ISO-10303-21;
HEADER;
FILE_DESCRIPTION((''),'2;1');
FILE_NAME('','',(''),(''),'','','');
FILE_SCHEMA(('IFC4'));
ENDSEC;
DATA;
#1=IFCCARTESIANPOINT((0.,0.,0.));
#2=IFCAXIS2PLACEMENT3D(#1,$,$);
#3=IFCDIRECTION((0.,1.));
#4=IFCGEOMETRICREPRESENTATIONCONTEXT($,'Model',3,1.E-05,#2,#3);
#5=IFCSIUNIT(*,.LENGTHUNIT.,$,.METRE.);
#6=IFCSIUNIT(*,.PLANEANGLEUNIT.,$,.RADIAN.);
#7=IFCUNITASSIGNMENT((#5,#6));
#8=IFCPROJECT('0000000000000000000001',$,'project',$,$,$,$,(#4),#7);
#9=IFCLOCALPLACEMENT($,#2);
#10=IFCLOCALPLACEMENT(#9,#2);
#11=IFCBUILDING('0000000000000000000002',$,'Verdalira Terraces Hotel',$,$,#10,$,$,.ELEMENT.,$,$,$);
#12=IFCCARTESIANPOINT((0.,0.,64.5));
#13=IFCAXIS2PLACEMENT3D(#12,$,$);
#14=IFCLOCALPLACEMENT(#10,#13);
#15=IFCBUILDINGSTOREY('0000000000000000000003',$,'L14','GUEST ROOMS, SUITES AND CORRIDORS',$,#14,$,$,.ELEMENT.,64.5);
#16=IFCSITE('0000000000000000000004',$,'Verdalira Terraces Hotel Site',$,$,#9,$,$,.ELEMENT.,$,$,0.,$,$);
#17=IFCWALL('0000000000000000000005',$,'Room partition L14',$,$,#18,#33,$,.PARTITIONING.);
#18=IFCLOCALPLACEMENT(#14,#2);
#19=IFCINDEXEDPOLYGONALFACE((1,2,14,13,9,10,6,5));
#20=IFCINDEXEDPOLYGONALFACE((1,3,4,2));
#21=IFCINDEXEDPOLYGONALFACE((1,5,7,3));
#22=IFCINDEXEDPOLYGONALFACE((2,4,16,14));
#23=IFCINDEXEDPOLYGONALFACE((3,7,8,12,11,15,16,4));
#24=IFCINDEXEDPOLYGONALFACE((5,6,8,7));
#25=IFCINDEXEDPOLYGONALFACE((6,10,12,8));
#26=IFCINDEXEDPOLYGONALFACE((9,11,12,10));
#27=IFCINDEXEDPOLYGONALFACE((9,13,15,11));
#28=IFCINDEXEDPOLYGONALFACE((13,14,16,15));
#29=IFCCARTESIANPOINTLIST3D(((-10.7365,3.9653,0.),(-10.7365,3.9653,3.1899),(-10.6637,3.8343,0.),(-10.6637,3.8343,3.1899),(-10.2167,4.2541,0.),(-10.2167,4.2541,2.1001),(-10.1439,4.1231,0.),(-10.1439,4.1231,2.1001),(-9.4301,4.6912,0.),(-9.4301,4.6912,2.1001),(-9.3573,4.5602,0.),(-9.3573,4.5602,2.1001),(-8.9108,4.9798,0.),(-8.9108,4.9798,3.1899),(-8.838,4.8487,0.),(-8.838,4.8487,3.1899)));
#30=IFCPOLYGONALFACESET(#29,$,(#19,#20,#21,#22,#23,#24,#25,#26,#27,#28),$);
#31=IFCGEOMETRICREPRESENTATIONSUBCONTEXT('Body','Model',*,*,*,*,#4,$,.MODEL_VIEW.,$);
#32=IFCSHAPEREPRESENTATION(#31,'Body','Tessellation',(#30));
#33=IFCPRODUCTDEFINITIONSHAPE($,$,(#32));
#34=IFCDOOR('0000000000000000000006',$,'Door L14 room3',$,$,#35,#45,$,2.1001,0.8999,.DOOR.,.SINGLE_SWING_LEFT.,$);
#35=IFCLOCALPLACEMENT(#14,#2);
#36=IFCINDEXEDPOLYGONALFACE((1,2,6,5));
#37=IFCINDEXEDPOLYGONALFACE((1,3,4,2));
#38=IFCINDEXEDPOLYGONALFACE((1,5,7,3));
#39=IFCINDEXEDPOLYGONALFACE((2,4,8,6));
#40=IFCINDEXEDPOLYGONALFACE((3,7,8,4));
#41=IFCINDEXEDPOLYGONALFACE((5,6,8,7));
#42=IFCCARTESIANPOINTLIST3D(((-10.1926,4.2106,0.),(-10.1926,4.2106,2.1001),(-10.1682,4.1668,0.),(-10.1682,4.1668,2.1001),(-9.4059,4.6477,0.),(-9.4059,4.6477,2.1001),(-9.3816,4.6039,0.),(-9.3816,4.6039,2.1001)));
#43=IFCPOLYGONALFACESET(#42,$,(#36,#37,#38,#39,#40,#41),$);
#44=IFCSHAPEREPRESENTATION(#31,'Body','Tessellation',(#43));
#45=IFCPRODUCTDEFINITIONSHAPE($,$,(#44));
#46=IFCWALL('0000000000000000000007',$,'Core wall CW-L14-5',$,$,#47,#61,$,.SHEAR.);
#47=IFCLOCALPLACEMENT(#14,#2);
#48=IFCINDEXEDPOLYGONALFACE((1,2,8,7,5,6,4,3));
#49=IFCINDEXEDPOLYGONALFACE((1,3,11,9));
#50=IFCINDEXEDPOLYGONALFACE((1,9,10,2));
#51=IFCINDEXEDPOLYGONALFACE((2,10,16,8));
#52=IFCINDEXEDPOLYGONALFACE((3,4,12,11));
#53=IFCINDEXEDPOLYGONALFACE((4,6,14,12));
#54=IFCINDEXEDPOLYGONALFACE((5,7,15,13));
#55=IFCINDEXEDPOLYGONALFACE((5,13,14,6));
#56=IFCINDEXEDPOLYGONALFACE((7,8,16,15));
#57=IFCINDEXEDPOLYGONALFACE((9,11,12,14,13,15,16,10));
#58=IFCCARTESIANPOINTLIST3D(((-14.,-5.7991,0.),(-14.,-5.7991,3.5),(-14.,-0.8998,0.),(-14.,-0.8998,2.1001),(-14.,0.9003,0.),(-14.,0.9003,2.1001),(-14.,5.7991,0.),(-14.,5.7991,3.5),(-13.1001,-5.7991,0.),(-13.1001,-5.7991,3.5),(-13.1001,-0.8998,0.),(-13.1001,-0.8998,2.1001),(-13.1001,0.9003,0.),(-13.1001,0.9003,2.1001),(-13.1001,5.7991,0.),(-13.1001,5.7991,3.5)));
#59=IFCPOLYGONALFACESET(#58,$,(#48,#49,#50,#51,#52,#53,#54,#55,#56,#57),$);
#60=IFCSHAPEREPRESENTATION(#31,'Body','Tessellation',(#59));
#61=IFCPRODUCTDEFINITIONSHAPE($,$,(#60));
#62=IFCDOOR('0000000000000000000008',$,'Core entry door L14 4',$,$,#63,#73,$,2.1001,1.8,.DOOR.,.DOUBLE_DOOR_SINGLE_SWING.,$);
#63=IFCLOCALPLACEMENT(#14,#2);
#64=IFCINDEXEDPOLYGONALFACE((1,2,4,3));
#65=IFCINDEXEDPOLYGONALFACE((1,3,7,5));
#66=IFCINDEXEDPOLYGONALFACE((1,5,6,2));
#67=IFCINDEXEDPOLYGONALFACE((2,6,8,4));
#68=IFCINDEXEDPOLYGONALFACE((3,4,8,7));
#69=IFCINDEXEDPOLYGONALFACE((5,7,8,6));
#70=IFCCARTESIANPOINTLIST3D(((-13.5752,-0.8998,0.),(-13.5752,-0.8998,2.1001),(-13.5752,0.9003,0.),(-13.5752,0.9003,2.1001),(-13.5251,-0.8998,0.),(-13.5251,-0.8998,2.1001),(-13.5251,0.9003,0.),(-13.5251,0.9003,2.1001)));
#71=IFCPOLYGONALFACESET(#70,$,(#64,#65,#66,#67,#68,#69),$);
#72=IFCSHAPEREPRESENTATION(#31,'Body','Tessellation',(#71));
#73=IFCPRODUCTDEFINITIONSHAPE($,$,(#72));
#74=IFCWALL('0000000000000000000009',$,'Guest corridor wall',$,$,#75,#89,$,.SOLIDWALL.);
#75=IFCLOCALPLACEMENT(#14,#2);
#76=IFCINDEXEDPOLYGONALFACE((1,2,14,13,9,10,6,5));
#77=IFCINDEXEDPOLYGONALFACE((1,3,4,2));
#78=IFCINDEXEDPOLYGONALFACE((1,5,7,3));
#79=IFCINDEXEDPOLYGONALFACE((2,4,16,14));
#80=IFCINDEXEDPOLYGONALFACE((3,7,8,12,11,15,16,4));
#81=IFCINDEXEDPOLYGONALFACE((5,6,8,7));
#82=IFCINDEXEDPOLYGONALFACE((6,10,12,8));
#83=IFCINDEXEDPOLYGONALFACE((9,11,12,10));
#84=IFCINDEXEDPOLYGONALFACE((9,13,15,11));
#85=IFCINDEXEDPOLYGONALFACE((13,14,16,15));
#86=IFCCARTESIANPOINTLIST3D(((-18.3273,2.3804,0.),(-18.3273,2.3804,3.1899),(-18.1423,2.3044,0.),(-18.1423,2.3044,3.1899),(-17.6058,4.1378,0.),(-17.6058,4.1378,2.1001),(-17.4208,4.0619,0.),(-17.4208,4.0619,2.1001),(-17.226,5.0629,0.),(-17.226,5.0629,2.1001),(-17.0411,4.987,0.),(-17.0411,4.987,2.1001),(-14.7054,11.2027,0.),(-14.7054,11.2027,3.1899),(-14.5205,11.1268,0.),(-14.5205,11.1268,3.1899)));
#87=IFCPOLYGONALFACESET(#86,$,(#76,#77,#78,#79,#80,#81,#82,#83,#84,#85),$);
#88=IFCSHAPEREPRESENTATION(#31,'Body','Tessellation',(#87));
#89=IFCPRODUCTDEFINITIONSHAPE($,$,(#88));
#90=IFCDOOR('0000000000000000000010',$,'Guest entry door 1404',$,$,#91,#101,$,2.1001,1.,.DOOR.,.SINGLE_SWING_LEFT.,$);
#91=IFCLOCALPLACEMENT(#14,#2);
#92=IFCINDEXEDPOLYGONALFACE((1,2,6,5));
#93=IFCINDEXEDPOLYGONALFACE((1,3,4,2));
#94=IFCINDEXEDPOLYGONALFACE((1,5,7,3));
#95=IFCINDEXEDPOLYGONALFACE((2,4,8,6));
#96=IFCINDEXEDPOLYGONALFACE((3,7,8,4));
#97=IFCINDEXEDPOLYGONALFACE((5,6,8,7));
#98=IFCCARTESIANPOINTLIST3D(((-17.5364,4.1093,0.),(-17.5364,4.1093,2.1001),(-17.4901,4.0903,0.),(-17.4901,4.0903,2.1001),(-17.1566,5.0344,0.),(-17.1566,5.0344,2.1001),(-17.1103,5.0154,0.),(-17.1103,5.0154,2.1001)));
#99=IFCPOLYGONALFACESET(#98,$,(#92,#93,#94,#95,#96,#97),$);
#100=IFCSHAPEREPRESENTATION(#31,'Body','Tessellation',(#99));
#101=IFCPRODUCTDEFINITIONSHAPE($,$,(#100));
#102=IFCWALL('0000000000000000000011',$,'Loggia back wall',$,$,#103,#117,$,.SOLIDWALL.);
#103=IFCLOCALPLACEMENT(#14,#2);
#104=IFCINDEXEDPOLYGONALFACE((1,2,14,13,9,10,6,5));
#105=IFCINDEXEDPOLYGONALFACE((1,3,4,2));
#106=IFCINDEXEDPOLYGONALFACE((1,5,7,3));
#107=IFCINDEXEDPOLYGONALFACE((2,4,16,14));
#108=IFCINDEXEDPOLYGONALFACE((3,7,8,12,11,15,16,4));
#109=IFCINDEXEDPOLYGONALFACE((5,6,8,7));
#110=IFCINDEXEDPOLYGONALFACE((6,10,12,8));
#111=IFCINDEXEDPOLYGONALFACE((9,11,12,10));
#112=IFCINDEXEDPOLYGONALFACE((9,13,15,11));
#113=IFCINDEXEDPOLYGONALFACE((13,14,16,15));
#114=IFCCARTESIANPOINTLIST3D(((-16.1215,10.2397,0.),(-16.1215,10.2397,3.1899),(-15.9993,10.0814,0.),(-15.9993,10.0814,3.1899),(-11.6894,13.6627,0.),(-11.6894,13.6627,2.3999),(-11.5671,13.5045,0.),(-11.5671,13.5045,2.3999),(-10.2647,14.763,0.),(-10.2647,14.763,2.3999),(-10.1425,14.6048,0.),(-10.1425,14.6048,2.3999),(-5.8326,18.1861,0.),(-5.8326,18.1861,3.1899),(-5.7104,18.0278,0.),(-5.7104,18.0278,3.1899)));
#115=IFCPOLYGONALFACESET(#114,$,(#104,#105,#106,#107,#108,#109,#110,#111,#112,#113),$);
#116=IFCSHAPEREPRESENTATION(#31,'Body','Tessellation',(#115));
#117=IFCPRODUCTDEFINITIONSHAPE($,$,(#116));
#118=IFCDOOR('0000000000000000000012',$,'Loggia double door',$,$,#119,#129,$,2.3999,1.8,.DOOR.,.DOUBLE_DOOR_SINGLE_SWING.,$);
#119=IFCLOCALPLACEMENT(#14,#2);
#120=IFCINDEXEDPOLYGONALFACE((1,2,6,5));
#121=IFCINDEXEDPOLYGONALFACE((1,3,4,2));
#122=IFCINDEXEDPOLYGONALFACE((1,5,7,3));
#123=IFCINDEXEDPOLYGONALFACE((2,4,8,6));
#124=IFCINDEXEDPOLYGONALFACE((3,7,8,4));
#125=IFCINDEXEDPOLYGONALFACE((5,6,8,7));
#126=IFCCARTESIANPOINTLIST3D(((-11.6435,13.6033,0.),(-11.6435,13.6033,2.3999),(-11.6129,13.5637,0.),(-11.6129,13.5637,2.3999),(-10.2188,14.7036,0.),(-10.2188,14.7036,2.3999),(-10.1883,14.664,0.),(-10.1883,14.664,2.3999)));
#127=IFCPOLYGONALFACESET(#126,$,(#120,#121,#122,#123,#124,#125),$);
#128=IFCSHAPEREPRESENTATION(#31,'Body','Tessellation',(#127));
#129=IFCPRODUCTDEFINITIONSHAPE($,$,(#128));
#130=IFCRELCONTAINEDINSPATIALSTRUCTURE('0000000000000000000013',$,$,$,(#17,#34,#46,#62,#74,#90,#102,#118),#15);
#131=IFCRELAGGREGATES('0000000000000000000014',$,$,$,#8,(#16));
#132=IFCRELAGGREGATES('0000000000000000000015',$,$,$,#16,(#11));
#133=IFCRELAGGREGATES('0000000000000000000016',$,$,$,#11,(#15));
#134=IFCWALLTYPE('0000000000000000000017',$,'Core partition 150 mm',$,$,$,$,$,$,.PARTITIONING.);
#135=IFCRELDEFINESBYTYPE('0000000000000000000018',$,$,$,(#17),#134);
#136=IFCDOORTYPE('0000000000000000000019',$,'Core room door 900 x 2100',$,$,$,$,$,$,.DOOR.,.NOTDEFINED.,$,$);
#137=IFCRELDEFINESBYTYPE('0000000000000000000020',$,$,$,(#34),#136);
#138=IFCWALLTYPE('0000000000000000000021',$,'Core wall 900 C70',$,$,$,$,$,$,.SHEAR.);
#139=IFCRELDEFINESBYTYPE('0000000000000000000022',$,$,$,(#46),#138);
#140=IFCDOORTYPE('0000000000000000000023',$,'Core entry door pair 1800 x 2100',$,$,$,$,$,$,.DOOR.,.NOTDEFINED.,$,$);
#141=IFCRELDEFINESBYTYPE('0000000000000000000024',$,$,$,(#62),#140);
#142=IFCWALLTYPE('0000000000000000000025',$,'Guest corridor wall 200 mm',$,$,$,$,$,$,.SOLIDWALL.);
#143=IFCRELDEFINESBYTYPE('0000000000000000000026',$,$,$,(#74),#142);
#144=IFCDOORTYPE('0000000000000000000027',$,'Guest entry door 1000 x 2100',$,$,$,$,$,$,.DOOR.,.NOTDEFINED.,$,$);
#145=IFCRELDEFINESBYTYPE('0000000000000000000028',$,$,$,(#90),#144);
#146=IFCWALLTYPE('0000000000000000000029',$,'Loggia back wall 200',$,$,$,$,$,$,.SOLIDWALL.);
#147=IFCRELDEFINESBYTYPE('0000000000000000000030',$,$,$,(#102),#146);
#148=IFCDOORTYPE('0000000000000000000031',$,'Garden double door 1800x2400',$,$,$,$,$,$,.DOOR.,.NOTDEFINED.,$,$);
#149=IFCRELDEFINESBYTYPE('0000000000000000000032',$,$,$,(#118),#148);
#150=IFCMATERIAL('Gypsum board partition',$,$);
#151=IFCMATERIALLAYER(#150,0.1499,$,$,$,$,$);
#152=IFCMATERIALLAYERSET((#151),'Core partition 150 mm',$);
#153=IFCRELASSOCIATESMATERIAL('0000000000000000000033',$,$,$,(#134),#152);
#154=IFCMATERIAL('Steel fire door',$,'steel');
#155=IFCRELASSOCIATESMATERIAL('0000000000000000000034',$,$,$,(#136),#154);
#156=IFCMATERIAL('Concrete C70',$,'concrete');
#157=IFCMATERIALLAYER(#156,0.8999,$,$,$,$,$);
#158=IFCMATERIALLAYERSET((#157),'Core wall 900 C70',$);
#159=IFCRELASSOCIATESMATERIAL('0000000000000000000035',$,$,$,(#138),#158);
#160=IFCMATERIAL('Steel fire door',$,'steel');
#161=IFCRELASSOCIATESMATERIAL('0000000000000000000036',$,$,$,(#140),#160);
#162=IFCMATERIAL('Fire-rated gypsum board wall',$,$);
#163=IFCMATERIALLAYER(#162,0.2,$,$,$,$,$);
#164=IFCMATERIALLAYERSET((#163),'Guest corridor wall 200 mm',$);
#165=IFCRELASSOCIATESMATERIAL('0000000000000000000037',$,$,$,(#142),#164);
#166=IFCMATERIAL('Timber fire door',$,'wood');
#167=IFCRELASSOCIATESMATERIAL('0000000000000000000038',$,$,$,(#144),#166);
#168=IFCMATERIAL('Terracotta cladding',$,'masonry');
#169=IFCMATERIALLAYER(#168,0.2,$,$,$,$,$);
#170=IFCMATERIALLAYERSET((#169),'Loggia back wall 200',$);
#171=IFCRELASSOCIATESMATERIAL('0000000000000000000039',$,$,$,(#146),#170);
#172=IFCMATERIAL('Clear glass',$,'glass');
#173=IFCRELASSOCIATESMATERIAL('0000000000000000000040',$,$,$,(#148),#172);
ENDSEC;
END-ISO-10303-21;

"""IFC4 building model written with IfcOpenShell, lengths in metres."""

from ifc_helpers import new_model, si_unit, direction, frame, frame_2d, origin, place, context, subcontext, project, spatial, rectangle, extrude, material, layer, layer_set, type_object, element, fill, save


model = new_model("IFC4")

# Units and contexts
model_context = context("Model", 3, precision=1e-05, world=origin(), true_north=direction((0.0, 1.0)))
body_context = subcontext(model_context, "Body", "Model", "MODEL_VIEW")
ifc_project = project(units=[si_unit("LENGTHUNIT", "METRE"), si_unit("PLANEANGLEUNIT", "RADIAN")], contexts=[model_context])

# Site, building, storey
site_placement = place(None, origin())
site = spatial("IfcSite", under=ifc_project, at=site_placement, Name="Verdalira Terraces Hotel Site", CompositionType="ELEMENT", RefElevation=0.0)
building_placement = place(site_placement, origin())
building = spatial("IfcBuilding", under=site, at=building_placement, Name="Verdalira Terraces Hotel", CompositionType="ELEMENT")
storey_placement = place(building_placement, frame((0.0, 0.0, 64.5)))
storey = spatial("IfcBuildingStorey", under=building, at=storey_placement, Name="L14", Description="GUEST ROOMS, SUITES AND CORRIDORS", CompositionType="ELEMENT", Elevation=64.5)

# Walls, openings, doors
ifc_material_1 = material(Name="Gypsum board partition")
ifc_layer_1 = layer(ifc_material_1, 0.1499)
ifc_layer_set_1 = layer_set([ifc_layer_1], Name="Core partition 150 mm")
wall_type_1 = type_object("IfcWallType", Name="Core partition 150 mm", PredefinedType="PARTITIONING", material=ifc_layer_set_1)
ifc_material_2 = material(Name="Steel fire door", Category="steel")
door_type_1 = type_object("IfcDoorType", Name="Core room door 900 x 2100", OperationType="NOTDEFINED", PredefinedType="DOOR", material=ifc_material_2)
wall_1_placement = place(storey_placement, frame((-8.8743, 4.9143, 0.0), z_axis=(0.0, 0.0, 1.0), x_axis=(-0.87413, -0.485693, 0.0)))
wall_1 = element("IfcWall", 1, at=wall_1_placement, inside=storey, type_object=wall_type_1, Name="Room partition L14", PredefinedType="PARTITIONING", context=body_context, shape_type="SweptSolid", body=[
    extrude(rectangle(XDim=2.0886, YDim=0.1499, at=frame_2d((1.0444, 0.0))), origin(), (0.0, 0.0, 1.0), 3.1899),
])
opening_1_placement = place(wall_1_placement, frame((0.5942, 0.0, 0.0)))
opening_1 = element("IfcOpeningElement", 2, at=opening_1_placement, cuts=wall_1, PredefinedType="OPENING", context=body_context, shape_type="SweptSolid", body=[
    extrude(rectangle(XDim=0.8999, YDim=2.1001, at=frame_2d((0.45, 1.05))), frame((0.0, 0.085, 0.0), z_axis=(0.0, -1.0, 0.0), x_axis=(1.0, 0.0, 0.0)), (0.0, 0.0, 1.0), 0.1699),
])
door_1_placement = place(opening_1_placement, origin())
door_1 = element("IfcDoor", 3, at=door_1_placement, inside=storey, type_object=door_type_1, Name="Door L14 room3", OperationType="SINGLE_SWING_LEFT", OverallHeight=2.1001, OverallWidth=0.8999, PredefinedType="DOOR", context=body_context, shape_type="SweptSolid", body=[
    extrude(rectangle(XDim=0.8999, YDim=2.1001, at=frame_2d((0.45, 1.05))), frame((0.0, 0.0249, 0.0), z_axis=(0.0, -1.0, 0.0), x_axis=(1.0, 0.0, 0.0)), (0.0, 0.0, 1.0), 0.05),
])
fill(opening_1, door_1)
ifc_material_3 = material(Name="Concrete C70", Category="concrete")
ifc_layer_2 = layer(ifc_material_3, 0.8999)
ifc_layer_set_2 = layer_set([ifc_layer_2], Name="Core wall 900 C70")
wall_type_2 = type_object("IfcWallType", Name="Core wall 900 C70", PredefinedType="SHEAR", material=ifc_layer_set_2)
wall_2_placement = place(storey_placement, frame((-13.55, 5.7991, 0.0), z_axis=(0.0, 0.0, 1.0), x_axis=(0.0, -1.0, 0.0)))
wall_2 = element("IfcWall", 4, at=wall_2_placement, inside=storey, type_object=wall_type_2, Name="Core wall CW-L14-5", PredefinedType="SHEAR", context=body_context, shape_type="SweptSolid", body=[
    extrude(rectangle(XDim=11.5981, YDim=0.8999, at=frame_2d((5.7991, 0.0))), origin(), (0.0, 0.0, 1.0), 3.5),
])
opening_2_placement = place(wall_2_placement, frame((4.8989, 0.0, 0.0)))
opening_2 = element("IfcOpeningElement", 5, at=opening_2_placement, cuts=wall_2, PredefinedType="OPENING", context=body_context, shape_type="SweptSolid", body=[
    extrude(rectangle(XDim=1.8, YDim=2.1001, at=frame_2d((0.8999, 1.05))), frame((0.0, 0.46, 0.0), z_axis=(0.0, -1.0, 0.0), x_axis=(1.0, 0.0, 0.0)), (0.0, 0.0, 1.0), 0.9199),
])
ifc_material_4 = material(Name="Steel fire door", Category="steel")
door_type_2 = type_object("IfcDoorType", Name="Core entry door pair 1800 x 2100", OperationType="NOTDEFINED", PredefinedType="DOOR", material=ifc_material_4)
door_2_placement = place(opening_2_placement, origin())
door_2 = element("IfcDoor", 6, at=door_2_placement, inside=storey, type_object=door_type_2, Name="Core entry door L14 4", OperationType="DOUBLE_DOOR_SINGLE_SWING", OverallHeight=2.1001, OverallWidth=1.8, PredefinedType="DOOR", context=body_context, shape_type="SweptSolid", body=[
    extrude(rectangle(XDim=1.8, YDim=2.1001, at=frame_2d((0.8999, 1.05))), frame((0.0, 0.0249, 0.0), z_axis=(0.0, -1.0, 0.0), x_axis=(1.0, 0.0, 0.0)), (0.0, 0.0, 1.0), 0.05),
])
fill(opening_2, door_2)
ifc_material_5 = material(Name="Fire-rated gypsum board wall")
ifc_layer_3 = layer(ifc_material_5, 0.2)
ifc_layer_set_3 = layer_set([ifc_layer_3], Name="Guest corridor wall 200 mm")
wall_type_3 = type_object("IfcWallType", Name="Guest corridor wall 200 mm", PredefinedType="SOLIDWALL", material=ifc_layer_set_3)
wall_3_placement = place(storey_placement, frame((-18.2349, 2.3423, 0.0), z_axis=(0.0, 0.0, 1.0), x_axis=(0.379775, 0.925079, 0.0)))
wall_3 = element("IfcWall", 7, at=wall_3_placement, inside=storey, type_object=wall_type_3, Name="Guest corridor wall", PredefinedType="SOLIDWALL", context=body_context, shape_type="SweptSolid", body=[
    extrude(rectangle(XDim=9.5369, YDim=0.2, at=frame_2d((4.7686, 0.0))), origin(), (0.0, 0.0, 1.0), 3.1899),
])
opening_3_placement = place(wall_3_placement, frame((1.8999, 0.0, 0.0)))
opening_3 = element("IfcOpeningElement", 8, at=opening_3_placement, cuts=wall_3, PredefinedType="OPENING", context=body_context, shape_type="SweptSolid", body=[
    extrude(rectangle(XDim=1.0, YDim=2.1001, at=frame_2d((0.5, 1.05))), frame((0.0, 0.1099, 0.0), z_axis=(0.0, -1.0, 0.0), x_axis=(1.0, 0.0, 0.0)), (0.0, 0.0, 1.0), 0.22),
])
ifc_material_6 = material(Name="Timber fire door", Category="wood")
door_type_3 = type_object("IfcDoorType", Name="Guest entry door 1000 x 2100", OperationType="NOTDEFINED", PredefinedType="DOOR", material=ifc_material_6)
door_3_placement = place(opening_3_placement, origin())
door_3 = element("IfcDoor", 9, at=door_3_placement, inside=storey, type_object=door_type_3, Name="Guest entry door 1404", OperationType="SINGLE_SWING_LEFT", OverallHeight=2.1001, OverallWidth=1.0, PredefinedType="DOOR", context=body_context, shape_type="SweptSolid", body=[
    extrude(rectangle(XDim=1.0, YDim=2.1001, at=frame_2d((0.5, 1.05))), frame((0.0, 0.0249, 0.0), z_axis=(0.0, -1.0, 0.0), x_axis=(1.0, 0.0, 0.0)), (0.0, 0.0, 1.0), 0.05),
])
fill(opening_3, door_3)
ifc_material_7 = material(Name="Terracotta cladding", Category="masonry")
ifc_layer_4 = layer(ifc_material_7, 0.2)
ifc_layer_set_4 = layer_set([ifc_layer_4], Name="Loggia back wall 200")
wall_type_4 = type_object("IfcWallType", Name="Loggia back wall 200", PredefinedType="SOLIDWALL", material=ifc_layer_set_4)
wall_4_placement = place(storey_placement, frame((-16.0603, 10.1606, 0.0), z_axis=(0.0, 0.0, 1.0), x_axis=(0.79144, 0.611247, 0.0)))
wall_4 = element("IfcWall", 10, at=wall_4_placement, inside=storey, type_object=wall_type_4, Name="Loggia back wall", PredefinedType="SOLIDWALL", context=body_context, shape_type="SweptSolid", body=[
    extrude(rectangle(XDim=13.0002, YDim=0.2, at=frame_2d((6.5, 0.0))), origin(), (0.0, 0.0, 1.0), 3.1899),
])
opening_4_placement = place(wall_4_placement, frame((5.6001, 0.0, 0.0)))
opening_4 = element("IfcOpeningElement", 11, at=opening_4_placement, cuts=wall_4, PredefinedType="OPENING", context=body_context, shape_type="SweptSolid", body=[
    extrude(rectangle(XDim=1.8, YDim=2.3999, at=frame_2d((0.8999, 1.2))), frame((0.0, 0.1099, 0.0), z_axis=(0.0, -1.0, 0.0), x_axis=(1.0, 0.0, 0.0)), (0.0, 0.0, 1.0), 0.22),
])
ifc_material_8 = material(Name="Clear glass", Category="glass")
door_type_4 = type_object("IfcDoorType", Name="Garden double door 1800x2400", OperationType="NOTDEFINED", PredefinedType="DOOR", material=ifc_material_8)
door_4_placement = place(opening_4_placement, origin())
door_4 = element("IfcDoor", 12, at=door_4_placement, inside=storey, type_object=door_type_4, Name="Loggia double door", OperationType="DOUBLE_DOOR_SINGLE_SWING", OverallHeight=2.3999, OverallWidth=1.8, PredefinedType="DOOR", context=body_context, shape_type="SweptSolid", body=[
    extrude(rectangle(XDim=1.8, YDim=2.3999, at=frame_2d((0.8999, 1.2))), frame((0.0, 0.0249, 0.0), z_axis=(0.0, -1.0, 0.0), x_axis=(1.0, 0.0, 0.0)), (0.0, 0.0, 1.0), 0.05),
])
fill(opening_4, door_4)

save(model, "model.ifc")
